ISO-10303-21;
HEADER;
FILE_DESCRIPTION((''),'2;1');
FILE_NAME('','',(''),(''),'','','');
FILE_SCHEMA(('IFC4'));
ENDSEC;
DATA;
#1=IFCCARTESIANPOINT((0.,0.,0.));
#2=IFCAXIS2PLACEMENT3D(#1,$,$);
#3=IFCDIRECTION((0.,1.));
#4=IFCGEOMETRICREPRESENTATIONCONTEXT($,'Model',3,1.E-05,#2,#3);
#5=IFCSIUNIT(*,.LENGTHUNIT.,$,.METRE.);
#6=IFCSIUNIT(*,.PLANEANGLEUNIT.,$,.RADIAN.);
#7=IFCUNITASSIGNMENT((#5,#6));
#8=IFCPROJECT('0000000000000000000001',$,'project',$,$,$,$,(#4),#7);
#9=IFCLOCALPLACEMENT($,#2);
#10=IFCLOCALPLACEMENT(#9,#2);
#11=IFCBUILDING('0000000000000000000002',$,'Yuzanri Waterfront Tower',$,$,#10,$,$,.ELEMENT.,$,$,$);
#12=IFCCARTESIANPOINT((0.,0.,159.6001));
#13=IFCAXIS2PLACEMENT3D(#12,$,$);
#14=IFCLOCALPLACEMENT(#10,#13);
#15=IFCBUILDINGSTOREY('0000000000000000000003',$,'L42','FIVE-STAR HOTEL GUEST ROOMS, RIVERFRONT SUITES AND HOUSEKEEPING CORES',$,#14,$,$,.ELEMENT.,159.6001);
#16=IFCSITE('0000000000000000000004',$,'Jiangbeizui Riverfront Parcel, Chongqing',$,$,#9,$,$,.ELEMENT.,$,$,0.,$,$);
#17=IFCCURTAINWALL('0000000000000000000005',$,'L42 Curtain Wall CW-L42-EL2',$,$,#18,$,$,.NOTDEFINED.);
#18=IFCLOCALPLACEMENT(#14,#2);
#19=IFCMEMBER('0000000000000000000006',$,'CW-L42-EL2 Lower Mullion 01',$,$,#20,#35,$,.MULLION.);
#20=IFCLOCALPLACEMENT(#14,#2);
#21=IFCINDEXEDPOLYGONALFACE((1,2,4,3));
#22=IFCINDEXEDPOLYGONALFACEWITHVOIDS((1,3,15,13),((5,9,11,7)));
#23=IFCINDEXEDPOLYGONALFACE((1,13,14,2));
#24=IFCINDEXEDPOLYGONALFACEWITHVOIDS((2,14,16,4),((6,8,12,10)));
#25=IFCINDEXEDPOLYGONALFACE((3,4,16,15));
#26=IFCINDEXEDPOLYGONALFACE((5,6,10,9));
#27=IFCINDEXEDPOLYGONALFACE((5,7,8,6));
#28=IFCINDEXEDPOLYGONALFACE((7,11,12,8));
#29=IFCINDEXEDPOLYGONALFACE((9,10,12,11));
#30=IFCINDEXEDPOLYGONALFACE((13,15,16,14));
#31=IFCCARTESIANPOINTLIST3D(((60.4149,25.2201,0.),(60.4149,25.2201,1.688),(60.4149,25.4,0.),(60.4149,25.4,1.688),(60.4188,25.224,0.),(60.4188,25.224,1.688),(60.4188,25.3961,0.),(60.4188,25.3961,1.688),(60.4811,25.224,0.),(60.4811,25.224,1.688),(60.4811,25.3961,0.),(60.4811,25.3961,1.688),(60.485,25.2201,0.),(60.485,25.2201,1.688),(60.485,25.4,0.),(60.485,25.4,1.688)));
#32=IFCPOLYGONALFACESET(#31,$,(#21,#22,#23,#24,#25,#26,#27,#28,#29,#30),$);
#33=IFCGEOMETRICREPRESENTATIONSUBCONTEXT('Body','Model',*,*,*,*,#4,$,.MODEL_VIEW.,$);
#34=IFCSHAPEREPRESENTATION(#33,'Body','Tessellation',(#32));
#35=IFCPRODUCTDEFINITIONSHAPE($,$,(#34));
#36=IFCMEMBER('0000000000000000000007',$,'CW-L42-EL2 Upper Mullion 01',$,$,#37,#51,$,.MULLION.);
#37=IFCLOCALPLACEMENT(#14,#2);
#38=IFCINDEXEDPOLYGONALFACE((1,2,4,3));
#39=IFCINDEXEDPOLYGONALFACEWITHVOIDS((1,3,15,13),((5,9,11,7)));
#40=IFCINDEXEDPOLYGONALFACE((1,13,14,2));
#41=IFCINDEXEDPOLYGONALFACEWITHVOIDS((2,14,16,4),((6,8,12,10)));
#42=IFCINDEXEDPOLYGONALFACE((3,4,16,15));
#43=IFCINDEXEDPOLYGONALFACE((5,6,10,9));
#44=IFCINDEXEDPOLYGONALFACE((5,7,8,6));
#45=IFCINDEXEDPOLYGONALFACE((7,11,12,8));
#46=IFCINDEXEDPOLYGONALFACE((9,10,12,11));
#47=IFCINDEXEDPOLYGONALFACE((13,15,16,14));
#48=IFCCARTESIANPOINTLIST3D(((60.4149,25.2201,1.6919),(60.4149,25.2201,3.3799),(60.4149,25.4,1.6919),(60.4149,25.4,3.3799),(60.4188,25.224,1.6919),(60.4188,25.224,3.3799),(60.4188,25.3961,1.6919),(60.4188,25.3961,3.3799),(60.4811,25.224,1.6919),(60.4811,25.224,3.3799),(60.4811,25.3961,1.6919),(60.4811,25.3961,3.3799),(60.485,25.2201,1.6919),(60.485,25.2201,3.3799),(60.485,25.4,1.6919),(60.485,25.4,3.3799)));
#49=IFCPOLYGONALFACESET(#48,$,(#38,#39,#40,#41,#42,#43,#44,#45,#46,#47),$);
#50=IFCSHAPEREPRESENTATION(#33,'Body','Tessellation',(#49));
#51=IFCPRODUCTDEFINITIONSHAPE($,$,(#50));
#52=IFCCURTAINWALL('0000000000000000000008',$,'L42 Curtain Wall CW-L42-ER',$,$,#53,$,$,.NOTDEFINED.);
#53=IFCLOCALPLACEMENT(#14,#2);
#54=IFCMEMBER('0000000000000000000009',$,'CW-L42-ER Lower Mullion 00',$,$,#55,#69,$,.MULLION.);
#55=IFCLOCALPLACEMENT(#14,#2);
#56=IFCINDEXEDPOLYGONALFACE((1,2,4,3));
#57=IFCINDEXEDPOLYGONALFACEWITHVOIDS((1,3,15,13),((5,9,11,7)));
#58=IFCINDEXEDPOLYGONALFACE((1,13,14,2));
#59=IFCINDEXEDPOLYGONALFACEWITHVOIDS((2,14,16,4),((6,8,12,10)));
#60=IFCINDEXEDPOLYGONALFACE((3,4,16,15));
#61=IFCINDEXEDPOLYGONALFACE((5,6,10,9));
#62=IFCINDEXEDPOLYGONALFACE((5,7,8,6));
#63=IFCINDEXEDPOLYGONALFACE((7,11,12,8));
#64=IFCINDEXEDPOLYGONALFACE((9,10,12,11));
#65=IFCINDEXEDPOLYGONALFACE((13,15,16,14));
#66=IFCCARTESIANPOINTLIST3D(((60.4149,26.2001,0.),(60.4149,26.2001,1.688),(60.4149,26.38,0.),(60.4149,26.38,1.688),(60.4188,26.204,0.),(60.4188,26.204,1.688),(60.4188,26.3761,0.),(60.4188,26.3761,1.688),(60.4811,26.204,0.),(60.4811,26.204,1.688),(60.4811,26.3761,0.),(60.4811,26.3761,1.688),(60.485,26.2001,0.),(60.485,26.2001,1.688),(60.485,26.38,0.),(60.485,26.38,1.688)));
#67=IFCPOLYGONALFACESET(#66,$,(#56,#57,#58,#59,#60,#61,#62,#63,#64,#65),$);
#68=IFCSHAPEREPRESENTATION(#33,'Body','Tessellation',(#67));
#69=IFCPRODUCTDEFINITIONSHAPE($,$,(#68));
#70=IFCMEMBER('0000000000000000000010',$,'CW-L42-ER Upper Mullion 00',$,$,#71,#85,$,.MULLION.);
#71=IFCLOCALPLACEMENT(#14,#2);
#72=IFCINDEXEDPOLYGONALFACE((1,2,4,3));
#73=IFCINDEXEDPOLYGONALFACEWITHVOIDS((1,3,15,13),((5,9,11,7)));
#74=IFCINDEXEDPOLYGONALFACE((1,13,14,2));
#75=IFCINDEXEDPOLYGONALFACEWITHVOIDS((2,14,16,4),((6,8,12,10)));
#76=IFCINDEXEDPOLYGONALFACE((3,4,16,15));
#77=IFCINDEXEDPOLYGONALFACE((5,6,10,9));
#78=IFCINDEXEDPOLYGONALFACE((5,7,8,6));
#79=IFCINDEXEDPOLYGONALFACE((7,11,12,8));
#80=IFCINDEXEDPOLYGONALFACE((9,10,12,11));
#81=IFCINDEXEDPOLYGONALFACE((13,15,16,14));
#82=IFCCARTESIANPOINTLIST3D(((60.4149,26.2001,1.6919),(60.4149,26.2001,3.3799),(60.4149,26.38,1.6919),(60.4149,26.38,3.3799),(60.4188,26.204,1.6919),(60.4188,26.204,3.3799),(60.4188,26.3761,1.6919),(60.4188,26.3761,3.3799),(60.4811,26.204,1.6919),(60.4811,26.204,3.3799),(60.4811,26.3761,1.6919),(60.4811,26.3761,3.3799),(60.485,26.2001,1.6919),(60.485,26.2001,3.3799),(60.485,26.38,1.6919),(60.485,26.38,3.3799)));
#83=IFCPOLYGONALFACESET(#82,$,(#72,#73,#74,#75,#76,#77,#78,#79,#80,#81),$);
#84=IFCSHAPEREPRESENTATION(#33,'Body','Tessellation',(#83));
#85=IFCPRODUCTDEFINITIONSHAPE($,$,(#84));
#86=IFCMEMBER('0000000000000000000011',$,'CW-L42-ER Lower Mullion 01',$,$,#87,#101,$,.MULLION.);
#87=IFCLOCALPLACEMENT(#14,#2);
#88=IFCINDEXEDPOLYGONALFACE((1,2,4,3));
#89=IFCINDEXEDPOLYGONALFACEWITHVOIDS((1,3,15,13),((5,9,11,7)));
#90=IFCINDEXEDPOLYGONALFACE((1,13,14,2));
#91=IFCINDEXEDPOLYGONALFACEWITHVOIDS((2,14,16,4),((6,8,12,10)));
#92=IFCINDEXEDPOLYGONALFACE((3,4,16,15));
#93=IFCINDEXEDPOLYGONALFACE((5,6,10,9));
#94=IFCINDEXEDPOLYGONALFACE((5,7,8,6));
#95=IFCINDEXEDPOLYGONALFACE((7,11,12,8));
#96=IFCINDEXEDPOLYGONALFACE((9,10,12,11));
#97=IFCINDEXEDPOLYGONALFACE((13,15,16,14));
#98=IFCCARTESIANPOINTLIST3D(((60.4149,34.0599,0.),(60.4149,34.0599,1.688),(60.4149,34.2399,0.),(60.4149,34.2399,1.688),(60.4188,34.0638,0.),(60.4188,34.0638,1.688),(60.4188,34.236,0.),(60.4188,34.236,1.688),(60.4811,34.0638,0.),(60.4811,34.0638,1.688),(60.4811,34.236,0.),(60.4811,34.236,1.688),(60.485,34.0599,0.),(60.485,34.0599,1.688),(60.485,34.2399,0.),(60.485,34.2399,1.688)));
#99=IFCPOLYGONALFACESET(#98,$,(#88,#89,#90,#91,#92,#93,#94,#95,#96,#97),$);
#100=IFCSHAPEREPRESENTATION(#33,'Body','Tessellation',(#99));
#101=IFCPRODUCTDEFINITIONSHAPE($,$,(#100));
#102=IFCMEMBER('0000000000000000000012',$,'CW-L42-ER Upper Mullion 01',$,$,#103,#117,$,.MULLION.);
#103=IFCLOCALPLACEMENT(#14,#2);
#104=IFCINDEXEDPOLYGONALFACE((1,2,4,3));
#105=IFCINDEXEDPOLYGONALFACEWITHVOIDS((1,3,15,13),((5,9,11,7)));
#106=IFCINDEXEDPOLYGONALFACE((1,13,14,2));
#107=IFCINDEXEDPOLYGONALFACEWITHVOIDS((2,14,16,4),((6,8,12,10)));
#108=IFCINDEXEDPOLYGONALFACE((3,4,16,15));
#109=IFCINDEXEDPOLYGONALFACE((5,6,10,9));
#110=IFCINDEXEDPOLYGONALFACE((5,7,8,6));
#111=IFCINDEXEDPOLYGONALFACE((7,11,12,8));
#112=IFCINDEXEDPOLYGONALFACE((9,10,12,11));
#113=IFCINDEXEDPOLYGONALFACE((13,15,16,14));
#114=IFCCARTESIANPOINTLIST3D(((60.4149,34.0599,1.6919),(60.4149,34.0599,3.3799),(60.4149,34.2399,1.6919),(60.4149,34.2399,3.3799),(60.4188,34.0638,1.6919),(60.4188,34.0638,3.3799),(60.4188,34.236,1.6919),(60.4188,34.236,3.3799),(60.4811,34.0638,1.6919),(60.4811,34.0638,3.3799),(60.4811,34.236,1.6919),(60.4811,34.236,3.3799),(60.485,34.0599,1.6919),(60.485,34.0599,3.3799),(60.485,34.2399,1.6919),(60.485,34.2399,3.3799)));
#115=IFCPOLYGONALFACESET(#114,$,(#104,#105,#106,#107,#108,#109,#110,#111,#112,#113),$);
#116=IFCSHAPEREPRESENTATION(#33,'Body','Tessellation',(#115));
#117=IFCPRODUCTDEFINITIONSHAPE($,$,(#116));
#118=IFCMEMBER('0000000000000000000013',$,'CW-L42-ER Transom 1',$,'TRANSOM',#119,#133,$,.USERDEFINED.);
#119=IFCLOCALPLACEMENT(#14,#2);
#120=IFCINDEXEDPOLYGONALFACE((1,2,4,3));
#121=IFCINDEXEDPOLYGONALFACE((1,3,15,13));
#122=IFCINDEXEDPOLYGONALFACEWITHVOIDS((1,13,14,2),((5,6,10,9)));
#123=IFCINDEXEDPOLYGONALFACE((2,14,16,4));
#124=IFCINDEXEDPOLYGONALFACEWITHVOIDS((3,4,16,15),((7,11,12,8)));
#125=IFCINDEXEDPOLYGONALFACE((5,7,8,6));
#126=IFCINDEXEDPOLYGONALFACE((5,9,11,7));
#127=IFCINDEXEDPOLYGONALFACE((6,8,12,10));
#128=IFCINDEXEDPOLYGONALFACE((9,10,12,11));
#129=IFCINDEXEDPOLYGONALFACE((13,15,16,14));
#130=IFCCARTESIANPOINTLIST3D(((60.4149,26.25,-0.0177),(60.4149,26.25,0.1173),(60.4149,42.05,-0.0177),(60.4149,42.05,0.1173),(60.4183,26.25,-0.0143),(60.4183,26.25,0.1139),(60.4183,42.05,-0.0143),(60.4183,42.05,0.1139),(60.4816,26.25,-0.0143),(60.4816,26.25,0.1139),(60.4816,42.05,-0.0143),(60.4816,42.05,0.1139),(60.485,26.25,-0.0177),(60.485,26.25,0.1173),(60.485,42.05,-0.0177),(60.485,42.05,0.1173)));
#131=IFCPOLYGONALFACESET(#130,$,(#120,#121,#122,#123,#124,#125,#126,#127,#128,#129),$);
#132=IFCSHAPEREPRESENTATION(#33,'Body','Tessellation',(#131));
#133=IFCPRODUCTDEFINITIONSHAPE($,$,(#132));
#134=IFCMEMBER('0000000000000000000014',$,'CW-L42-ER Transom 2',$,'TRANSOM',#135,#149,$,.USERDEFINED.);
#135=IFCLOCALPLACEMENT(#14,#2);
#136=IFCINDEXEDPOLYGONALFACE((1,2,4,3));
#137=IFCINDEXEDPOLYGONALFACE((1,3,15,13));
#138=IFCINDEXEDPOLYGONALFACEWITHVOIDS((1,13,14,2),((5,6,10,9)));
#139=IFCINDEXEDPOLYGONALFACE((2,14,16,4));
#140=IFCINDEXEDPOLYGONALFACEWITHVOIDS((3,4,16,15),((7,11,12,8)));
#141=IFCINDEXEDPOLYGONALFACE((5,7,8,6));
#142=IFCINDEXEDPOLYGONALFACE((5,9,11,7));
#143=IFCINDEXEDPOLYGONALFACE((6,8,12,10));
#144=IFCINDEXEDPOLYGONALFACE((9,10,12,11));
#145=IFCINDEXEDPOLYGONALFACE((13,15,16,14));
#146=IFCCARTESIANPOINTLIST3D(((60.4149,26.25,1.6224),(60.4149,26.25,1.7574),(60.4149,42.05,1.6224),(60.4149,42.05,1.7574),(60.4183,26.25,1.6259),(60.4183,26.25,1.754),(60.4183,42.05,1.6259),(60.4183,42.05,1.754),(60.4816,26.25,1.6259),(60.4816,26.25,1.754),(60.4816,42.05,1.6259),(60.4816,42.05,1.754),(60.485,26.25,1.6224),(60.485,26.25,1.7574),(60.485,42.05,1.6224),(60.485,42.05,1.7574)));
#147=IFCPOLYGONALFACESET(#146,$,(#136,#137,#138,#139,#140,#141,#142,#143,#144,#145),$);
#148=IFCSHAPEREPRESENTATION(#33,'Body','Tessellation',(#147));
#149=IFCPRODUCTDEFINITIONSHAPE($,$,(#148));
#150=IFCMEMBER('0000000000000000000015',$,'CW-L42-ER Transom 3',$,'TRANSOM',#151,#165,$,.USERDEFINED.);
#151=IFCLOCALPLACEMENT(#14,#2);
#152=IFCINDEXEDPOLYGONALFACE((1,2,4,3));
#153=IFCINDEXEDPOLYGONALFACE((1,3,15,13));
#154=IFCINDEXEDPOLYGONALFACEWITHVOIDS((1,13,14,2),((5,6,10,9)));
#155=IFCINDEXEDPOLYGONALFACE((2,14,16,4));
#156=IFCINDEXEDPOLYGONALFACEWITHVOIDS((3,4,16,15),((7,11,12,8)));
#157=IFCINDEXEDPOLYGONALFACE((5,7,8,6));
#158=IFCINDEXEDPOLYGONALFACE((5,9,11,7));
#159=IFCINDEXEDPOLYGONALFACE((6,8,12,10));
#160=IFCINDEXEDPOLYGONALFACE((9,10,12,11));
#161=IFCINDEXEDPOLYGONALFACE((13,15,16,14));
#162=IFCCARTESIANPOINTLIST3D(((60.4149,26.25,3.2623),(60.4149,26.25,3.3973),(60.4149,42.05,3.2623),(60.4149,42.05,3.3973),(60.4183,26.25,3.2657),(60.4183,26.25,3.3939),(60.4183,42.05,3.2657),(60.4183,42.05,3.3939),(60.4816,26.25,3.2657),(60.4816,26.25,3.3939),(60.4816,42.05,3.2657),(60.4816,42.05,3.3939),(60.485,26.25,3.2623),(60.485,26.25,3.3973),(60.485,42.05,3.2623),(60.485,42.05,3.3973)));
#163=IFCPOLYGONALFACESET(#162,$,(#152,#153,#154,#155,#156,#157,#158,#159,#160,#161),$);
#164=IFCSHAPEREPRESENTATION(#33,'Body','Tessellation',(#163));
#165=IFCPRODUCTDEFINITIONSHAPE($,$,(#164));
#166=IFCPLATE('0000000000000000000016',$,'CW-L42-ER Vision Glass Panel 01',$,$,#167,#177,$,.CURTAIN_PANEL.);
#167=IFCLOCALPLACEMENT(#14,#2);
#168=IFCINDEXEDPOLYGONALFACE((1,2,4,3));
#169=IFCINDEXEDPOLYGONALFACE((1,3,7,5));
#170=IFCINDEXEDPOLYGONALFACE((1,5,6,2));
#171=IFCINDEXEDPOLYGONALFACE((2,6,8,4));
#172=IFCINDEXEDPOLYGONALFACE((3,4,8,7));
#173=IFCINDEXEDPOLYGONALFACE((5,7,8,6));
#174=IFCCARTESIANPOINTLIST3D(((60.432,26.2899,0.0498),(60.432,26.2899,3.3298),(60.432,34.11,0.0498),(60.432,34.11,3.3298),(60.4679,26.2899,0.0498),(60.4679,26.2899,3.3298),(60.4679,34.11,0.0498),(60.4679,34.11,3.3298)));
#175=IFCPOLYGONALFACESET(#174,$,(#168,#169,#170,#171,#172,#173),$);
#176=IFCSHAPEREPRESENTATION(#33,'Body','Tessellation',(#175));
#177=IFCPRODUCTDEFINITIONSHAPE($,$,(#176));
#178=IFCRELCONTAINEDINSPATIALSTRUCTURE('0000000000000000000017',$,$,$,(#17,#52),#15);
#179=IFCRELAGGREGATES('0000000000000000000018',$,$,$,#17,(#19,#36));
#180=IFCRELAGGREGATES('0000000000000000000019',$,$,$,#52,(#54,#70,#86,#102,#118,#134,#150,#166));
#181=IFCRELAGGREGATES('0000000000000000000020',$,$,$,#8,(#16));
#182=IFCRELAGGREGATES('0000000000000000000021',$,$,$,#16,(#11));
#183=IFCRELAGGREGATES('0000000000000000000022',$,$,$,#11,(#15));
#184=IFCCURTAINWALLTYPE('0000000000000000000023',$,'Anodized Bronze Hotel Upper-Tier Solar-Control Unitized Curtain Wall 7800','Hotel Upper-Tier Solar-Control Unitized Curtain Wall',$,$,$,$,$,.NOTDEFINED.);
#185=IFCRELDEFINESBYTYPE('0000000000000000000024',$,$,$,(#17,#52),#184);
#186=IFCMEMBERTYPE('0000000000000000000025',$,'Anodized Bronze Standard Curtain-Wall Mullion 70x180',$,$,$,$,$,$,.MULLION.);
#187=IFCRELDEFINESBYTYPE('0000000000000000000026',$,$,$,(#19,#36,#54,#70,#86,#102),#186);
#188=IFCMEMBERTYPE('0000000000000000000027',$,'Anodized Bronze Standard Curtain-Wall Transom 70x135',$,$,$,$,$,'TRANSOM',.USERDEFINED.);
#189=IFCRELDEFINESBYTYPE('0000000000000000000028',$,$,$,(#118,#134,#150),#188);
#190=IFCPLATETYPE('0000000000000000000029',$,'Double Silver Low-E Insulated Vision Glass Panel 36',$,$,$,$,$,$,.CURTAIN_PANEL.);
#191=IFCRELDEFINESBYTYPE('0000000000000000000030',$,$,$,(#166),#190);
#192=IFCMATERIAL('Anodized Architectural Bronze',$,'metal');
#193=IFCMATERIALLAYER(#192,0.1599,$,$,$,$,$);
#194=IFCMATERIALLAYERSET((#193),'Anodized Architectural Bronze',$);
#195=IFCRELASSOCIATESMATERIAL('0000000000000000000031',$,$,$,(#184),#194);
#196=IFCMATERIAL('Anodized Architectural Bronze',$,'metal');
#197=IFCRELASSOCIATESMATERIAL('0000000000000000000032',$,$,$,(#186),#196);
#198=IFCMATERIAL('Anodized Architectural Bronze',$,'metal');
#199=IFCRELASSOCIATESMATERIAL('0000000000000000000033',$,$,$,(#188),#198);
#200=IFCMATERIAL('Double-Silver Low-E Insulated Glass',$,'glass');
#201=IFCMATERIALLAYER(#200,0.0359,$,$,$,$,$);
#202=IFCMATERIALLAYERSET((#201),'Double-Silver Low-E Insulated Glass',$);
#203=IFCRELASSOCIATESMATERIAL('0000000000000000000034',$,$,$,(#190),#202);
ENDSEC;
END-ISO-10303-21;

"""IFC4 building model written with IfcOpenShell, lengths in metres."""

from ifc_helpers import new_model, si_unit, direction, frame, origin, origin_2d, place, context, subcontext, project, spatial, rectangle, hollow_rectangle, extrude, source, transform, mapped, material, layer, layer_set, material_profile, profile_set, type_object, element, aggregate, save


model = new_model("IFC4")

# Units and contexts
model_context = context("Model", 3, precision=1e-05, world=origin(), true_north=direction((0.0, 1.0)))
body_context = subcontext(model_context, "Body", "Model", "MODEL_VIEW")
ifc_project = project(units=[si_unit("LENGTHUNIT", "METRE"), si_unit("PLANEANGLEUNIT", "RADIAN")], contexts=[model_context])

# Site, building, storey
site_placement = place(None, origin())
site = spatial("IfcSite", under=ifc_project, at=site_placement, Name="Jiangbeizui Riverfront Parcel, Chongqing", CompositionType="ELEMENT", RefElevation=0.0)
building_placement = place(site_placement, origin())
building = spatial("IfcBuilding", under=site, at=building_placement, Name="Yuzanri Waterfront Tower", CompositionType="ELEMENT")
storey_placement = place(building_placement, frame((0.0, 0.0, 159.6001)))
storey = spatial("IfcBuildingStorey", under=building, at=storey_placement, Name="L42", Description="FIVE-STAR HOTEL GUEST ROOMS, RIVERFRONT SUITES AND HOUSEKEEPING CORES", CompositionType="ELEMENT", Elevation=159.6001)

# Curtain wall, members
ifc_material_1 = material(Name="Anodized Architectural Bronze", Category="metal")
ifc_layer_1 = layer(ifc_material_1, 0.1599)
ifc_layer_set_1 = layer_set([ifc_layer_1], Name="Anodized Architectural Bronze")
curtain_wall_type = type_object("IfcCurtainWallType", Name="Anodized Bronze Hotel Upper-Tier Solar-Control Unitized Curtain Wall 7800", Description="Hotel Upper-Tier Solar-Control Unitized Curtain Wall", PredefinedType="NOTDEFINED", material=ifc_layer_set_1)
curtain_wall_1_placement = place(storey_placement, origin())
curtain_wall_1 = element("IfcCurtainWall", 1, at=curtain_wall_1_placement, inside=storey, type_object=curtain_wall_type, Name="L42 Curtain Wall CW-L42-EL2", PredefinedType="NOTDEFINED")
ifc_material_2 = material(Name="Anodized Architectural Bronze", Category="metal")
ifc_material_profile_1 = material_profile(ifc_material_2, hollow_rectangle(XDim=0.0701, YDim=0.1799, WallThickness=0.0039, at=origin_2d()), Name="CWM 70x180")
ifc_profile_set_1 = profile_set([ifc_material_profile_1], Name="Anodized Architectural Bronze")
member_type_1 = type_object("IfcMemberType", Name="Anodized Bronze Standard Curtain-Wall Mullion 70x180", PredefinedType="MULLION", material=ifc_profile_set_1)
shared_shape_1 = source(origin(), body_context, "Body", "SweptSolid", [
    extrude(hollow_rectangle(XDim=0.0701, YDim=0.1799, WallThickness=0.0039, at=origin_2d()), origin(), (0.0, 0.0, 1.0), 1.688),
])
member_1_placement = place(storey_placement, frame((60.45, 25.3101, 0.0), z_axis=(0.0, 0.0, 1.0), x_axis=(1.0, 0.0, 0.0)))
member_1 = element("IfcMember", 2, at=member_1_placement, type_object=member_type_1, Name="CW-L42-EL2 Lower Mullion 01", PredefinedType="MULLION", context=body_context, shape_type="MappedRepresentation", body=[
    mapped(shared_shape_1, transform((0.0, 0.0, 0.0), scale=1.0)),
])
member_2_placement = place(storey_placement, frame((60.45, 25.3101, 1.6919), z_axis=(0.0, 0.0, 1.0), x_axis=(1.0, 0.0, 0.0)))
member_2 = element("IfcMember", 3, at=member_2_placement, type_object=member_type_1, Name="CW-L42-EL2 Upper Mullion 01", PredefinedType="MULLION", context=body_context, shape_type="MappedRepresentation", body=[
    mapped(shared_shape_1, transform((0.0, 0.0, 0.0), scale=1.0)),
])
aggregate(curtain_wall_1, [member_1, member_2])

# Curtain wall, members, plate
curtain_wall_2_placement = place(storey_placement, origin())
curtain_wall_2 = element("IfcCurtainWall", 4, at=curtain_wall_2_placement, inside=storey, type_object=curtain_wall_type, Name="L42 Curtain Wall CW-L42-ER", PredefinedType="NOTDEFINED")
member_3_placement = place(storey_placement, frame((60.45, 26.29, 0.0), z_axis=(0.0, 0.0, 1.0), x_axis=(1.0, 0.0, 0.0)))
member_3 = element("IfcMember", 5, at=member_3_placement, type_object=member_type_1, Name="CW-L42-ER Lower Mullion 00", PredefinedType="MULLION", context=body_context, shape_type="MappedRepresentation", body=[
    mapped(shared_shape_1, transform((0.0, 0.0, 0.0), scale=1.0)),
])
member_4_placement = place(storey_placement, frame((60.45, 26.29, 1.6919), z_axis=(0.0, 0.0, 1.0), x_axis=(1.0, 0.0, 0.0)))
member_4 = element("IfcMember", 6, at=member_4_placement, type_object=member_type_1, Name="CW-L42-ER Upper Mullion 00", PredefinedType="MULLION", context=body_context, shape_type="MappedRepresentation", body=[
    mapped(shared_shape_1, transform((0.0, 0.0, 0.0), scale=1.0)),
])
member_5_placement = place(storey_placement, frame((60.45, 34.1499, 0.0), z_axis=(0.0, 0.0, 1.0), x_axis=(1.0, 0.0, 0.0)))
member_5 = element("IfcMember", 7, at=member_5_placement, type_object=member_type_1, Name="CW-L42-ER Lower Mullion 01", PredefinedType="MULLION", context=body_context, shape_type="MappedRepresentation", body=[
    mapped(shared_shape_1, transform((0.0, 0.0, 0.0), scale=1.0)),
])
member_6_placement = place(storey_placement, frame((60.45, 34.1499, 1.6919), z_axis=(0.0, 0.0, 1.0), x_axis=(1.0, 0.0, 0.0)))
member_6 = element("IfcMember", 8, at=member_6_placement, type_object=member_type_1, Name="CW-L42-ER Upper Mullion 01", PredefinedType="MULLION", context=body_context, shape_type="MappedRepresentation", body=[
    mapped(shared_shape_1, transform((0.0, 0.0, 0.0), scale=1.0)),
])
ifc_material_3 = material(Name="Anodized Architectural Bronze", Category="metal")
ifc_material_profile_2 = material_profile(ifc_material_3, hollow_rectangle(XDim=0.0701, YDim=0.135, WallThickness=0.0034, at=origin_2d()), Name="CWT 70x135")
ifc_profile_set_2 = profile_set([ifc_material_profile_2], Name="Anodized Architectural Bronze")
member_type_2 = type_object("IfcMemberType", Name="Anodized Bronze Standard Curtain-Wall Transom 70x135", ElementType="TRANSOM", PredefinedType="USERDEFINED", material=ifc_profile_set_2)
shared_shape_2 = source(origin(), body_context, "Body", "SweptSolid", [
    extrude(hollow_rectangle(XDim=0.0701, YDim=0.135, WallThickness=0.0034, at=origin_2d()), origin(), (0.0, 0.0, 1.0), 15.8),
])
member_7_placement = place(storey_placement, frame((60.45, 26.25, 0.0498), z_axis=(0.0, 1.0, 0.0), x_axis=(-1.0, 0.0, 0.0)))
member_7 = element("IfcMember", 9, at=member_7_placement, type_object=member_type_2, Name="CW-L42-ER Transom 1", ObjectType="TRANSOM", PredefinedType="USERDEFINED", context=body_context, shape_type="MappedRepresentation", body=[
    mapped(shared_shape_2, transform((0.0, 0.0, 0.0), scale=1.0)),
])
member_8_placement = place(storey_placement, frame((60.45, 26.25, 1.6899), z_axis=(0.0, 1.0, 0.0), x_axis=(-1.0, 0.0, 0.0)))
member_8 = element("IfcMember", 10, at=member_8_placement, type_object=member_type_2, Name="CW-L42-ER Transom 2", ObjectType="TRANSOM", PredefinedType="USERDEFINED", context=body_context, shape_type="MappedRepresentation", body=[
    mapped(shared_shape_2, transform((0.0, 0.0, 0.0), scale=1.0)),
])
member_9_placement = place(storey_placement, frame((60.45, 26.25, 3.3298), z_axis=(0.0, 1.0, 0.0), x_axis=(-1.0, 0.0, 0.0)))
member_9 = element("IfcMember", 11, at=member_9_placement, type_object=member_type_2, Name="CW-L42-ER Transom 3", ObjectType="TRANSOM", PredefinedType="USERDEFINED", context=body_context, shape_type="MappedRepresentation", body=[
    mapped(shared_shape_2, transform((0.0, 0.0, 0.0), scale=1.0)),
])
ifc_material_4 = material(Name="Double-Silver Low-E Insulated Glass", Category="glass")
ifc_layer_2 = layer(ifc_material_4, 0.0359)
ifc_layer_set_2 = layer_set([ifc_layer_2], Name="Double-Silver Low-E Insulated Glass")
plate_type = type_object("IfcPlateType", Name="Double Silver Low-E Insulated Vision Glass Panel 36", PredefinedType="CURTAIN_PANEL", material=ifc_layer_set_2)
shared_shape_3 = source(origin(), body_context, "Body", "SweptSolid", [
    extrude(rectangle(XDim=7.8201, YDim=0.0359, at=origin_2d()), origin(), (0.0, 0.0, 1.0), 3.28),
])
plate_placement = place(storey_placement, frame((60.45, 30.2, 0.0498), z_axis=(0.0, 0.0, 1.0), x_axis=(0.0, 1.0, 0.0)))
plate = element("IfcPlate", 12, at=plate_placement, type_object=plate_type, Name="CW-L42-ER Vision Glass Panel 01", PredefinedType="CURTAIN_PANEL", context=body_context, shape_type="MappedRepresentation", body=[
    mapped(shared_shape_3, transform((0.0, 0.0, 0.0), scale=1.0)),
])
aggregate(curtain_wall_2, [member_3, member_4, member_5, member_6, member_7, member_8, member_9, plate])

save(model, "model.ifc")
